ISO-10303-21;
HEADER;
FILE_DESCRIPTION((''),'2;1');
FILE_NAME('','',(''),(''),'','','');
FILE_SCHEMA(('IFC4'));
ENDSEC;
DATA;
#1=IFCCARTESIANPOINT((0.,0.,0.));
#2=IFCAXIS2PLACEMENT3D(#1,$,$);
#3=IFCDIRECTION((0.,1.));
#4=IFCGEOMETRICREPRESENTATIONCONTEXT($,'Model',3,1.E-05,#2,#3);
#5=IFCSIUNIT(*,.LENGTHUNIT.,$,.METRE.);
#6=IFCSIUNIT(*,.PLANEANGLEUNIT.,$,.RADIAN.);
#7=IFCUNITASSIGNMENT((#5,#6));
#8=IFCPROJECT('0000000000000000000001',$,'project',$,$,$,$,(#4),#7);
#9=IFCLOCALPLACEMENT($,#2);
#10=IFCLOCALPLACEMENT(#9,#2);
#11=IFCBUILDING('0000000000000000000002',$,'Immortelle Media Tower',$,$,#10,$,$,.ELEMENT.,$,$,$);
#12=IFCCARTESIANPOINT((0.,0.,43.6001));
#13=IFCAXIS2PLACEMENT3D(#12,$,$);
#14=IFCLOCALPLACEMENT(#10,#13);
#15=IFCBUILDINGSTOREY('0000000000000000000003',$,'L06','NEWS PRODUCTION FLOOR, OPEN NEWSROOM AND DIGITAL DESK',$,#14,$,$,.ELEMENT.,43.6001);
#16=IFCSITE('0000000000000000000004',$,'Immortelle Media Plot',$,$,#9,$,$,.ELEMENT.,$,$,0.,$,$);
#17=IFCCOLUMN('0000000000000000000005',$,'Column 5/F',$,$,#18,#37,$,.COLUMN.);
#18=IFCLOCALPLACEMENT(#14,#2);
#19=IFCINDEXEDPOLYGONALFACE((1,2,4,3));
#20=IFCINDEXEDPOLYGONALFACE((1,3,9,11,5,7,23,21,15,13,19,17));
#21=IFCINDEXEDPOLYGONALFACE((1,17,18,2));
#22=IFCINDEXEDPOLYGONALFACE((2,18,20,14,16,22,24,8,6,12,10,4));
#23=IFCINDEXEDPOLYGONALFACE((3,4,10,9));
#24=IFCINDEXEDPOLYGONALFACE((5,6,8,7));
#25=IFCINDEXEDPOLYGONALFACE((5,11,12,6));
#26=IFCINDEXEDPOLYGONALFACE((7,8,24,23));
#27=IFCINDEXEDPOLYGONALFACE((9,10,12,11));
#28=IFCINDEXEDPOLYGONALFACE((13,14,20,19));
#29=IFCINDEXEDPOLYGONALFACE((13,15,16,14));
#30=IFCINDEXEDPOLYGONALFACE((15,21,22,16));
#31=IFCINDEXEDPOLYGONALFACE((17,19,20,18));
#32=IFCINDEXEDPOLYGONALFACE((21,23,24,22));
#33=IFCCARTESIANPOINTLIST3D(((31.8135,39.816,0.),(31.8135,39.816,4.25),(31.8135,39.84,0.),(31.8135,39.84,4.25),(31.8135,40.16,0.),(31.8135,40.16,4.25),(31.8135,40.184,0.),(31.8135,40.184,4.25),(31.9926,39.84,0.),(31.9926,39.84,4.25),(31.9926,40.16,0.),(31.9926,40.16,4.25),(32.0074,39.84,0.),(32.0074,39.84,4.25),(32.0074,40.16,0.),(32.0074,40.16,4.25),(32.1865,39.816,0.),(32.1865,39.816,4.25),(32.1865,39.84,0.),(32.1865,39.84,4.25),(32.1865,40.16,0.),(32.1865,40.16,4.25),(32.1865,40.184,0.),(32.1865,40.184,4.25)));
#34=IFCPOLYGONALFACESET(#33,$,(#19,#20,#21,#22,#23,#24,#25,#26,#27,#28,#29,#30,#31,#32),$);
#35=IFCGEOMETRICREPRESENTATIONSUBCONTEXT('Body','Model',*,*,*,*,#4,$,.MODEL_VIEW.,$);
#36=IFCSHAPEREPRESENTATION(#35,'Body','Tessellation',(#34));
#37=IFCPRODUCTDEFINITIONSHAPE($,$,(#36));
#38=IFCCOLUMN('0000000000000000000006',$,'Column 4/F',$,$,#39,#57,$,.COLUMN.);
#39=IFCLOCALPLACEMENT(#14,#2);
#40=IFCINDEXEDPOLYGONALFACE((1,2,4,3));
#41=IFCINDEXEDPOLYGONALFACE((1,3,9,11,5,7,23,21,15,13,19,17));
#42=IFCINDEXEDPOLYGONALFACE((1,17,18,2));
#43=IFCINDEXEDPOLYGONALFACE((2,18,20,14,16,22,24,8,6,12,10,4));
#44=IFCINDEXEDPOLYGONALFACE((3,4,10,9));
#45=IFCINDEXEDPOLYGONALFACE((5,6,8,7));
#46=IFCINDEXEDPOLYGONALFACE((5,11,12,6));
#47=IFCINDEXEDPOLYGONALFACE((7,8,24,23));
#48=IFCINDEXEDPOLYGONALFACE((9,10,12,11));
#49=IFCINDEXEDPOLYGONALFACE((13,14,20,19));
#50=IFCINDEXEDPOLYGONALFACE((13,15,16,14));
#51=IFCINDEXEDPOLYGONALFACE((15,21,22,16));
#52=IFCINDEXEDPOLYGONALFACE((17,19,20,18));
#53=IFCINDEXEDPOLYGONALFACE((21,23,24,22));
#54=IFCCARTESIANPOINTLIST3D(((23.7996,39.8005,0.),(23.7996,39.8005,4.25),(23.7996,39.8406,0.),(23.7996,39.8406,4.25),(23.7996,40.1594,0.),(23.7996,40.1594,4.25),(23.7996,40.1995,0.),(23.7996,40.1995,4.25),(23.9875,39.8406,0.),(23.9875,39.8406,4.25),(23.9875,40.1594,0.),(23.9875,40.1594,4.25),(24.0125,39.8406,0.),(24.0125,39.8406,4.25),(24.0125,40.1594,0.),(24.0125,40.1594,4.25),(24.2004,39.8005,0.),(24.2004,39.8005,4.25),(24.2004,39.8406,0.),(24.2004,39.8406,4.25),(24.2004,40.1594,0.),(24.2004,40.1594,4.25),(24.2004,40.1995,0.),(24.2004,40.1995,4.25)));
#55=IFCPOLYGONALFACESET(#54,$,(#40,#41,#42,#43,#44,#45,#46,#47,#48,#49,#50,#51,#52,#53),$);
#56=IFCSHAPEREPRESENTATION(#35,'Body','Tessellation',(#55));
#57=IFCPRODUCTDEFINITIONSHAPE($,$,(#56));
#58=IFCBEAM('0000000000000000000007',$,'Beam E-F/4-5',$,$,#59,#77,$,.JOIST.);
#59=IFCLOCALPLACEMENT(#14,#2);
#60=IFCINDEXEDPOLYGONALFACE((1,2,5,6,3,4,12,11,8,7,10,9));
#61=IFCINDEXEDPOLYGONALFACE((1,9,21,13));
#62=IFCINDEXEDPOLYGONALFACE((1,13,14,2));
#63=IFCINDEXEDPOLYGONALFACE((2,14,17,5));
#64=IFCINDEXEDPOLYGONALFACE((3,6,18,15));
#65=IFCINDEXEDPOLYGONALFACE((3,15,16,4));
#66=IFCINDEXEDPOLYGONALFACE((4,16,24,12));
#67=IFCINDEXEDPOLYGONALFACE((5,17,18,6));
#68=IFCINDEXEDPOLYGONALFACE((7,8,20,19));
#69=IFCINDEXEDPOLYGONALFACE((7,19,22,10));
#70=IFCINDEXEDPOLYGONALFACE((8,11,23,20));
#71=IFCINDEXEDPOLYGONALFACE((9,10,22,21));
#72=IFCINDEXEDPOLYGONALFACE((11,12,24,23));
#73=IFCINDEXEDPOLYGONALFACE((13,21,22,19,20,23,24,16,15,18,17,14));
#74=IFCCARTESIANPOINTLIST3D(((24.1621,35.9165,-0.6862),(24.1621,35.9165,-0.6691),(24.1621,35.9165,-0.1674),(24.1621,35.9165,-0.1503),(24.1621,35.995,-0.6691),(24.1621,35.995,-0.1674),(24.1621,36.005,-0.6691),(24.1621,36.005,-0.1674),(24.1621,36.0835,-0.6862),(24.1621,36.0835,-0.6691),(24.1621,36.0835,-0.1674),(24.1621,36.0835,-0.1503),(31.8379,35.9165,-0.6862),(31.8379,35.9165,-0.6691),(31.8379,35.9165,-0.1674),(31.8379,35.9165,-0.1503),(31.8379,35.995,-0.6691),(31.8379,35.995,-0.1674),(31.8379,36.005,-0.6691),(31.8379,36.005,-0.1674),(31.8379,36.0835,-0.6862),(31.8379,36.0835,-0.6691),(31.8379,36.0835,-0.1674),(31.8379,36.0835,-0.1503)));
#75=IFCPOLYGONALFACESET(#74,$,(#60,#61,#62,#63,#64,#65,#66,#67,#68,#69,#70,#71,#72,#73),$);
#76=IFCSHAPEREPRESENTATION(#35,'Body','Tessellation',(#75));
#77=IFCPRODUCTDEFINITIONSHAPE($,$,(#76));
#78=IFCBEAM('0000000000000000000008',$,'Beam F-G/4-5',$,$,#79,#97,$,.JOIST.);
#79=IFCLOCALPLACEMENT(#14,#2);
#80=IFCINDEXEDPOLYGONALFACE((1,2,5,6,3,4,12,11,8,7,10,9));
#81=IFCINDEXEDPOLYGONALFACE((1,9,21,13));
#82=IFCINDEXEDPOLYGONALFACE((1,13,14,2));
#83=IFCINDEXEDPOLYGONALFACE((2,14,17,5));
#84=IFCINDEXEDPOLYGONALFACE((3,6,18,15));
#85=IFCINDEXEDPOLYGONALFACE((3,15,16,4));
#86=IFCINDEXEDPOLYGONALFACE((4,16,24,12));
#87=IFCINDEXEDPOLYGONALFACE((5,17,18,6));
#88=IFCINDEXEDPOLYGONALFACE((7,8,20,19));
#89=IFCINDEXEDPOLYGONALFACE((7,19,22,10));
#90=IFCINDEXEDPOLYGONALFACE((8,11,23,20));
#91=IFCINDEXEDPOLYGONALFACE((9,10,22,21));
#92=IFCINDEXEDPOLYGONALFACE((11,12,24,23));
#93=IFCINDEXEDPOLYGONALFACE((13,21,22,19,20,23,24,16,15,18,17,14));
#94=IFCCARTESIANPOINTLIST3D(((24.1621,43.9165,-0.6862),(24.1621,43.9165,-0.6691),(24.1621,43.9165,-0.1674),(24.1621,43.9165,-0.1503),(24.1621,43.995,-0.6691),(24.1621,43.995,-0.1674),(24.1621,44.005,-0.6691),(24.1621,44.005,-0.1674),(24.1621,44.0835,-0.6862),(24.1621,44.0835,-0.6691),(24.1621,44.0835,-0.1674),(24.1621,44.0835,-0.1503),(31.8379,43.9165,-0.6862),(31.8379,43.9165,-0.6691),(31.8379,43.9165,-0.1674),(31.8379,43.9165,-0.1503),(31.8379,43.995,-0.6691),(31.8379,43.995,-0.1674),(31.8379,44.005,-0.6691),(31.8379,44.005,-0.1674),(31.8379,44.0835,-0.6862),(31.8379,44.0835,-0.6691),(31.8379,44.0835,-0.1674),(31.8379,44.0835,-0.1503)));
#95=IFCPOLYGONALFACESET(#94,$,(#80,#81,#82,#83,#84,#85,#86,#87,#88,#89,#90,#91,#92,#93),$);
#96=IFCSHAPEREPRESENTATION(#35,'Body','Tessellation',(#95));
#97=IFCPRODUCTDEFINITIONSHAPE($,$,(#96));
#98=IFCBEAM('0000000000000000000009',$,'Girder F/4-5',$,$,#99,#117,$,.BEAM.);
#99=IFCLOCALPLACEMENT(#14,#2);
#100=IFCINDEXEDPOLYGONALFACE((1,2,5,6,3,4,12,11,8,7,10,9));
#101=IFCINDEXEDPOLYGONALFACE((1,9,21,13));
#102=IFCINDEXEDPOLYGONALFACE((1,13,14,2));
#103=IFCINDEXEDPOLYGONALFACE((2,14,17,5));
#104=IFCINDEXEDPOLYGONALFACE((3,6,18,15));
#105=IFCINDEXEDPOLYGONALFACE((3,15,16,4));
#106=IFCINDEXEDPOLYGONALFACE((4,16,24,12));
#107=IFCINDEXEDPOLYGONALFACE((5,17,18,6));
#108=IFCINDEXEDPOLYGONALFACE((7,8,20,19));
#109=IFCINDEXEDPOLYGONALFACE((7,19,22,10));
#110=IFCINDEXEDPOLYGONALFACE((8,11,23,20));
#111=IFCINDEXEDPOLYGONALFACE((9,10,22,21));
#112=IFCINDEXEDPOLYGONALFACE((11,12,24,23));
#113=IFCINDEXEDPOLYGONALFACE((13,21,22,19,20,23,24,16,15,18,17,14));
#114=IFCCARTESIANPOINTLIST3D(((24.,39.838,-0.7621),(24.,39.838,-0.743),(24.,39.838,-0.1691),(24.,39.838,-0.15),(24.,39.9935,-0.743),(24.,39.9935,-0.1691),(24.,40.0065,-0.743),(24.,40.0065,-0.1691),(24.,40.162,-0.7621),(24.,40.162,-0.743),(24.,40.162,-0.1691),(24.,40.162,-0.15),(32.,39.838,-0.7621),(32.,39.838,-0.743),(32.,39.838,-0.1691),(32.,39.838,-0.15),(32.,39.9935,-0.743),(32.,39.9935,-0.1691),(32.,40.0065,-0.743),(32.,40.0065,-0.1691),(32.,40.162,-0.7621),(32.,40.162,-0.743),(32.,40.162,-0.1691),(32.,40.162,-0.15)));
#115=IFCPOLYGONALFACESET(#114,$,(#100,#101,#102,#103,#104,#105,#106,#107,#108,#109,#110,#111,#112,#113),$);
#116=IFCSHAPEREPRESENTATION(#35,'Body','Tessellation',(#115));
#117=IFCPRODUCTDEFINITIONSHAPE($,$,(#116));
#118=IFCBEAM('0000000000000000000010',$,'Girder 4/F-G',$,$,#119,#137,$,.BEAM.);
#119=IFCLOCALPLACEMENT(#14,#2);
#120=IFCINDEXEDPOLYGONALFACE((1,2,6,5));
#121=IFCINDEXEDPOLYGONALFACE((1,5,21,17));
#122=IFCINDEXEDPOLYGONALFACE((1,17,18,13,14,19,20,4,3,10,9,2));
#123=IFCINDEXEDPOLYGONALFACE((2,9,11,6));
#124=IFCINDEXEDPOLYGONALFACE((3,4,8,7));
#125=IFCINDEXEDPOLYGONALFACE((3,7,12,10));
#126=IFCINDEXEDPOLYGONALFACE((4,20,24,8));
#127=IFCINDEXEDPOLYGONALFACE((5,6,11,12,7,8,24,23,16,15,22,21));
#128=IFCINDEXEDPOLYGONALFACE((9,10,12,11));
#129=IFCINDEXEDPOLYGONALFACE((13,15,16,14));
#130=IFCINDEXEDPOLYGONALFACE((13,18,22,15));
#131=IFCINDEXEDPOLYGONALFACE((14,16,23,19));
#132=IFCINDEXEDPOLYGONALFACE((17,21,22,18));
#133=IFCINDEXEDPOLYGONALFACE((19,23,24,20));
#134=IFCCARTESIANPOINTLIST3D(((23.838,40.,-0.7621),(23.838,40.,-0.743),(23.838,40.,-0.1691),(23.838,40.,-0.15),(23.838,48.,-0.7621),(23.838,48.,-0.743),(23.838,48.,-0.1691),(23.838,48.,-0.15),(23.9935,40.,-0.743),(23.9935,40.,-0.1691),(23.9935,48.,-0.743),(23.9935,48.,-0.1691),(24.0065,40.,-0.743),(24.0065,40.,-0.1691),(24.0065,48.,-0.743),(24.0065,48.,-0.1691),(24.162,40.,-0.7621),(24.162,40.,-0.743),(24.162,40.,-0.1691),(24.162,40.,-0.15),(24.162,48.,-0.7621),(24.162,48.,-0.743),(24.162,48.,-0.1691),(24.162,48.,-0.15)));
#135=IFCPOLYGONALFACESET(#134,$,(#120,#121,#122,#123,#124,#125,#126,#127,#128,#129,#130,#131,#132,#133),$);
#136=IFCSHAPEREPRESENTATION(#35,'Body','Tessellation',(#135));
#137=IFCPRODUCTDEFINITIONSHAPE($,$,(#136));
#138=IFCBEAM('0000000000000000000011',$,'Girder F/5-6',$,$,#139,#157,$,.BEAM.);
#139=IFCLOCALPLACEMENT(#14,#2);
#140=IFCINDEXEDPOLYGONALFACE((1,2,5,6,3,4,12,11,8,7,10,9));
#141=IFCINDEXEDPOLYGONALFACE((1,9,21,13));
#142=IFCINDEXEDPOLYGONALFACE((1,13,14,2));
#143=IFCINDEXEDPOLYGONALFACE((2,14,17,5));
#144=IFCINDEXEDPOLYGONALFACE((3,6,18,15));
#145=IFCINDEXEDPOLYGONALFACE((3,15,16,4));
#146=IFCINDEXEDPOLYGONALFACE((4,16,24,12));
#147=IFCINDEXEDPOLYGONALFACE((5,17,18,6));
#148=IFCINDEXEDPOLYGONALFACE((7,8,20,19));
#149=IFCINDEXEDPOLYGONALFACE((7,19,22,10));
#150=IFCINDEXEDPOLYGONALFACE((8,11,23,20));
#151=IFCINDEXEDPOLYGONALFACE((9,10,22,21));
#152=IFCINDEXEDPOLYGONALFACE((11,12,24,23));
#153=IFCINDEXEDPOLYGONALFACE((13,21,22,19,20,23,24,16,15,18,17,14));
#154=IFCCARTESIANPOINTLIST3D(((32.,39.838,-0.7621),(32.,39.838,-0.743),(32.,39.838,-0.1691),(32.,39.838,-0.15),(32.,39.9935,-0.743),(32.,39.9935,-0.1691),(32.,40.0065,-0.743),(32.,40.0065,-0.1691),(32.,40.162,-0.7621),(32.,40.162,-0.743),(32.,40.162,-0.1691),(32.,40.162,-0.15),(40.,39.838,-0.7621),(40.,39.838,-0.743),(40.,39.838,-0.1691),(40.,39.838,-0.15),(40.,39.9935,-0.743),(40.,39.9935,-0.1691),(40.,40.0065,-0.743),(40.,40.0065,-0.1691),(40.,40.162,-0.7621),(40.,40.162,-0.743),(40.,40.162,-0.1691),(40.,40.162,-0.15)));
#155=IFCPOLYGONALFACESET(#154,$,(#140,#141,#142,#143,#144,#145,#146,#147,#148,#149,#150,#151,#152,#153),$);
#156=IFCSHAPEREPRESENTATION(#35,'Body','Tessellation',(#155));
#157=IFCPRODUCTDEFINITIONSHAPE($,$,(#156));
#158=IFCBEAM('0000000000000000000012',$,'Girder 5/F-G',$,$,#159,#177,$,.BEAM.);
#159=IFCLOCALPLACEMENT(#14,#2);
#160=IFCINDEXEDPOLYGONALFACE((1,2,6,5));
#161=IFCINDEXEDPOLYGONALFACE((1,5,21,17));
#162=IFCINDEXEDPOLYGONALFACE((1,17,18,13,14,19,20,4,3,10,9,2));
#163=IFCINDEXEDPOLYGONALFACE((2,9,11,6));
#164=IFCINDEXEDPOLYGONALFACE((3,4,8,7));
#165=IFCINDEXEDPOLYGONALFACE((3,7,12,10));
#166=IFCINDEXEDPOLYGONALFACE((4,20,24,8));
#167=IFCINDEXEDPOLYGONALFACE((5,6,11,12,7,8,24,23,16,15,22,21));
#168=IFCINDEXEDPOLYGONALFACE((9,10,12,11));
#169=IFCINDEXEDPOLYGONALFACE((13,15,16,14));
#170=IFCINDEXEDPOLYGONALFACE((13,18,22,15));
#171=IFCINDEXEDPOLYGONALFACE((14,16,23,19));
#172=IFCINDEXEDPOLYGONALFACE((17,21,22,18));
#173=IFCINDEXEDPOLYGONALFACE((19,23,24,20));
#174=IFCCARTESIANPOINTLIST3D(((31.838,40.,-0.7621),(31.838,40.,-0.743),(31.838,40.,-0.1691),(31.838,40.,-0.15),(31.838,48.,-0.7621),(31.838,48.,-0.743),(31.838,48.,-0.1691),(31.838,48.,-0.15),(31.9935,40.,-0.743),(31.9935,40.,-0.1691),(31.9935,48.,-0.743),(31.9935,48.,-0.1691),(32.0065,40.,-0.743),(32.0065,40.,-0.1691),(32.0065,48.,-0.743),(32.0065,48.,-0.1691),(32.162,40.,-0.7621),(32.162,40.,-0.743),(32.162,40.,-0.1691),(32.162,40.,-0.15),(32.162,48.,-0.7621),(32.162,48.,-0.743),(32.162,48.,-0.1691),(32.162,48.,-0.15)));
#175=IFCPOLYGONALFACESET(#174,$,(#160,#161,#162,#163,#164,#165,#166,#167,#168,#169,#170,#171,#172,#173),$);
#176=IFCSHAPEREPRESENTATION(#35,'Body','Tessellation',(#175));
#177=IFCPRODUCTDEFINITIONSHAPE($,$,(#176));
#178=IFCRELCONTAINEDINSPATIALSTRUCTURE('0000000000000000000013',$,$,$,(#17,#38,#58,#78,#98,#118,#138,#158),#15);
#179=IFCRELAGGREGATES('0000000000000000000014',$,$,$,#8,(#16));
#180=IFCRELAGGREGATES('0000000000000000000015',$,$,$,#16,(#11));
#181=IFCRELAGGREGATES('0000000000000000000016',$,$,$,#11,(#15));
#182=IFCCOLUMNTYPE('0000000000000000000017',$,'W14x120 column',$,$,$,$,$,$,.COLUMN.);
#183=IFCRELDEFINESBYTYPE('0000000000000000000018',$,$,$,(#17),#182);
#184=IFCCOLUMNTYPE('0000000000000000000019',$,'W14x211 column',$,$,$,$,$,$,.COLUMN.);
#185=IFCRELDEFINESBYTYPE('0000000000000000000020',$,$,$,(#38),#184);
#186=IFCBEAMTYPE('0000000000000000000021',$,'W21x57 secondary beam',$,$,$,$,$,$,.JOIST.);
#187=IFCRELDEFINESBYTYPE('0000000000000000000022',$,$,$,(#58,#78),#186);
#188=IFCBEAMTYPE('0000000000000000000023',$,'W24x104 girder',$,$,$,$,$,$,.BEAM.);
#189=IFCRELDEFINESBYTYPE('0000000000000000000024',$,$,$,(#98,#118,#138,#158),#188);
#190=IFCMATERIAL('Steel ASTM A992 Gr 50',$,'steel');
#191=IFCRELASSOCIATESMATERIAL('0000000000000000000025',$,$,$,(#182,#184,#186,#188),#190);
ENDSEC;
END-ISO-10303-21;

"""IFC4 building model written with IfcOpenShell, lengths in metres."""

from ifc_helpers import new_model, si_unit, direction, frame, origin, origin_2d, place, context, subcontext, project, spatial, i_section, extrude, material, material_profile, profile_set, type_object, element, save


model = new_model("IFC4")

# Units and contexts
model_context = context("Model", 3, precision=1e-05, world=origin(), true_north=direction((0.0, 1.0)))
body_context = subcontext(model_context, "Body", "Model", "MODEL_VIEW")
ifc_project = project(units=[si_unit("LENGTHUNIT", "METRE"), si_unit("PLANEANGLEUNIT", "RADIAN")], contexts=[model_context])

# Site, building, storey
site_placement = place(None, origin())
site = spatial("IfcSite", under=ifc_project, at=site_placement, Name="Immortelle Media Plot", CompositionType="ELEMENT", RefElevation=0.0)
building_placement = place(site_placement, origin())
building = spatial("IfcBuilding", under=site, at=building_placement, Name="Immortelle Media Tower", CompositionType="ELEMENT")
storey_placement = place(building_placement, frame((0.0, 0.0, 43.6001)))
storey = spatial("IfcBuildingStorey", under=building, at=storey_placement, Name="L06", Description="NEWS PRODUCTION FLOOR, OPEN NEWSROOM AND DIGITAL DESK", CompositionType="ELEMENT", Elevation=43.6001)

# Columns
ifc_material_1 = material(Name="Steel ASTM A992 Gr 50", Category="steel")
ifc_material_profile_1 = material_profile(ifc_material_1, i_section(OverallWidth=0.373, OverallDepth=0.3679, WebThickness=0.0149, FlangeThickness=0.0239, at=origin_2d()), Name="W14x120")
ifc_profile_set_1 = profile_set([ifc_material_profile_1], Name="Steel ASTM A992 Gr 50")
column_type_1 = type_object("IfcColumnType", Name="W14x120 column", PredefinedType="COLUMN", material=ifc_profile_set_1)
column_1_placement = place(storey_placement, frame((32.0, 40.0, 0.0), z_axis=(0.0, 0.0, 1.0), x_axis=(1.0, 0.0, 0.0)))
element("IfcColumn", 1, at=column_1_placement, inside=storey, type_object=column_type_1, Name="Column 5/F", PredefinedType="COLUMN", context=body_context, shape_type="SweptSolid", body=[
    extrude(i_section(OverallWidth=0.373, OverallDepth=0.3679, WebThickness=0.0149, FlangeThickness=0.0239, at=origin_2d()), origin(), (0.0, 0.0, 1.0), 4.25),
])
ifc_material_profile_2 = material_profile(ifc_material_1, i_section(OverallWidth=0.4009, OverallDepth=0.3989, WebThickness=0.0249, FlangeThickness=0.04, at=origin_2d()), Name="W14x211")
ifc_profile_set_2 = profile_set([ifc_material_profile_2], Name="Steel ASTM A992 Gr 50")
column_type_2 = type_object("IfcColumnType", Name="W14x211 column", PredefinedType="COLUMN", material=ifc_profile_set_2)
column_2_placement = place(storey_placement, frame((24.0, 40.0, 0.0), z_axis=(0.0, 0.0, 1.0), x_axis=(1.0, 0.0, 0.0)))
element("IfcColumn", 2, at=column_2_placement, inside=storey, type_object=column_type_2, Name="Column 4/F", PredefinedType="COLUMN", context=body_context, shape_type="SweptSolid", body=[
    extrude(i_section(OverallWidth=0.4009, OverallDepth=0.3989, WebThickness=0.0249, FlangeThickness=0.04, at=origin_2d()), origin(), (0.0, 0.0, 1.0), 4.25),
])

# Beams
ifc_material_profile_3 = material_profile(ifc_material_1, i_section(OverallWidth=0.167, OverallDepth=0.5359, WebThickness=0.01, FlangeThickness=0.0171, at=origin_2d()), Name="W21x57")
ifc_profile_set_3 = profile_set([ifc_material_profile_3], Name="Steel ASTM A992 Gr 50")
beam_type_1 = type_object("IfcBeamType", Name="W21x57 secondary beam", PredefinedType="JOIST", material=ifc_profile_set_3)
for number, where, z_axis, x_axis, name in (
    (3, (24.1621, 36.0, -0.4182), (1.0, 0.0, 0.0), (0.0, 1.0, 0.0), "Beam E-F/4-5"),
    (4, (24.1621, 44.0, -0.4182), (1.0, 0.0, 0.0), (0.0, 1.0, 0.0), "Beam F-G/4-5"),
):
    element("IfcBeam", number, at=place(storey_placement, frame(where, z_axis=z_axis, x_axis=x_axis)), inside=storey, type_object=beam_type_1, Name=name, PredefinedType="JOIST", context=body_context, shape_type="SweptSolid", body=[
        extrude(i_section(OverallWidth=0.167, OverallDepth=0.5359, WebThickness=0.01, FlangeThickness=0.0171, at=origin_2d()), origin(), (0.0, 0.0, 1.0), 7.6758),
    ])
ifc_material_profile_4 = material_profile(ifc_material_1, i_section(OverallWidth=0.324, OverallDepth=0.6121, WebThickness=0.0129, FlangeThickness=0.019, at=origin_2d()), Name="W24x104")
ifc_profile_set_4 = profile_set([ifc_material_profile_4], Name="Steel ASTM A992 Gr 50")
beam_type_2 = type_object("IfcBeamType", Name="W24x104 girder", PredefinedType="BEAM", material=ifc_profile_set_4)
for number, where, z_axis, x_axis, name in (
    (5, (24.0, 40.0, -0.4561), (1.0, 0.0, 0.0), (0.0, 1.0, 0.0), "Girder F/4-5"),
    (6, (24.0, 40.0, -0.4561), (0.0, 1.0, 0.0), (-1.0, 0.0, 0.0), "Girder 4/F-G"),
    (7, (32.0, 40.0, -0.4561), (1.0, 0.0, 0.0), (0.0, 1.0, 0.0), "Girder F/5-6"),
    (8, (32.0, 40.0, -0.4561), (0.0, 1.0, 0.0), (-1.0, 0.0, 0.0), "Girder 5/F-G"),
):
    element("IfcBeam", number, at=place(storey_placement, frame(where, z_axis=z_axis, x_axis=x_axis)), inside=storey, type_object=beam_type_2, Name=name, PredefinedType="BEAM", context=body_context, shape_type="SweptSolid", body=[
        extrude(i_section(OverallWidth=0.324, OverallDepth=0.6121, WebThickness=0.0129, FlangeThickness=0.019, at=origin_2d()), origin(), (0.0, 0.0, 1.0), 8.0),
    ])

save(model, "model.ifc")
